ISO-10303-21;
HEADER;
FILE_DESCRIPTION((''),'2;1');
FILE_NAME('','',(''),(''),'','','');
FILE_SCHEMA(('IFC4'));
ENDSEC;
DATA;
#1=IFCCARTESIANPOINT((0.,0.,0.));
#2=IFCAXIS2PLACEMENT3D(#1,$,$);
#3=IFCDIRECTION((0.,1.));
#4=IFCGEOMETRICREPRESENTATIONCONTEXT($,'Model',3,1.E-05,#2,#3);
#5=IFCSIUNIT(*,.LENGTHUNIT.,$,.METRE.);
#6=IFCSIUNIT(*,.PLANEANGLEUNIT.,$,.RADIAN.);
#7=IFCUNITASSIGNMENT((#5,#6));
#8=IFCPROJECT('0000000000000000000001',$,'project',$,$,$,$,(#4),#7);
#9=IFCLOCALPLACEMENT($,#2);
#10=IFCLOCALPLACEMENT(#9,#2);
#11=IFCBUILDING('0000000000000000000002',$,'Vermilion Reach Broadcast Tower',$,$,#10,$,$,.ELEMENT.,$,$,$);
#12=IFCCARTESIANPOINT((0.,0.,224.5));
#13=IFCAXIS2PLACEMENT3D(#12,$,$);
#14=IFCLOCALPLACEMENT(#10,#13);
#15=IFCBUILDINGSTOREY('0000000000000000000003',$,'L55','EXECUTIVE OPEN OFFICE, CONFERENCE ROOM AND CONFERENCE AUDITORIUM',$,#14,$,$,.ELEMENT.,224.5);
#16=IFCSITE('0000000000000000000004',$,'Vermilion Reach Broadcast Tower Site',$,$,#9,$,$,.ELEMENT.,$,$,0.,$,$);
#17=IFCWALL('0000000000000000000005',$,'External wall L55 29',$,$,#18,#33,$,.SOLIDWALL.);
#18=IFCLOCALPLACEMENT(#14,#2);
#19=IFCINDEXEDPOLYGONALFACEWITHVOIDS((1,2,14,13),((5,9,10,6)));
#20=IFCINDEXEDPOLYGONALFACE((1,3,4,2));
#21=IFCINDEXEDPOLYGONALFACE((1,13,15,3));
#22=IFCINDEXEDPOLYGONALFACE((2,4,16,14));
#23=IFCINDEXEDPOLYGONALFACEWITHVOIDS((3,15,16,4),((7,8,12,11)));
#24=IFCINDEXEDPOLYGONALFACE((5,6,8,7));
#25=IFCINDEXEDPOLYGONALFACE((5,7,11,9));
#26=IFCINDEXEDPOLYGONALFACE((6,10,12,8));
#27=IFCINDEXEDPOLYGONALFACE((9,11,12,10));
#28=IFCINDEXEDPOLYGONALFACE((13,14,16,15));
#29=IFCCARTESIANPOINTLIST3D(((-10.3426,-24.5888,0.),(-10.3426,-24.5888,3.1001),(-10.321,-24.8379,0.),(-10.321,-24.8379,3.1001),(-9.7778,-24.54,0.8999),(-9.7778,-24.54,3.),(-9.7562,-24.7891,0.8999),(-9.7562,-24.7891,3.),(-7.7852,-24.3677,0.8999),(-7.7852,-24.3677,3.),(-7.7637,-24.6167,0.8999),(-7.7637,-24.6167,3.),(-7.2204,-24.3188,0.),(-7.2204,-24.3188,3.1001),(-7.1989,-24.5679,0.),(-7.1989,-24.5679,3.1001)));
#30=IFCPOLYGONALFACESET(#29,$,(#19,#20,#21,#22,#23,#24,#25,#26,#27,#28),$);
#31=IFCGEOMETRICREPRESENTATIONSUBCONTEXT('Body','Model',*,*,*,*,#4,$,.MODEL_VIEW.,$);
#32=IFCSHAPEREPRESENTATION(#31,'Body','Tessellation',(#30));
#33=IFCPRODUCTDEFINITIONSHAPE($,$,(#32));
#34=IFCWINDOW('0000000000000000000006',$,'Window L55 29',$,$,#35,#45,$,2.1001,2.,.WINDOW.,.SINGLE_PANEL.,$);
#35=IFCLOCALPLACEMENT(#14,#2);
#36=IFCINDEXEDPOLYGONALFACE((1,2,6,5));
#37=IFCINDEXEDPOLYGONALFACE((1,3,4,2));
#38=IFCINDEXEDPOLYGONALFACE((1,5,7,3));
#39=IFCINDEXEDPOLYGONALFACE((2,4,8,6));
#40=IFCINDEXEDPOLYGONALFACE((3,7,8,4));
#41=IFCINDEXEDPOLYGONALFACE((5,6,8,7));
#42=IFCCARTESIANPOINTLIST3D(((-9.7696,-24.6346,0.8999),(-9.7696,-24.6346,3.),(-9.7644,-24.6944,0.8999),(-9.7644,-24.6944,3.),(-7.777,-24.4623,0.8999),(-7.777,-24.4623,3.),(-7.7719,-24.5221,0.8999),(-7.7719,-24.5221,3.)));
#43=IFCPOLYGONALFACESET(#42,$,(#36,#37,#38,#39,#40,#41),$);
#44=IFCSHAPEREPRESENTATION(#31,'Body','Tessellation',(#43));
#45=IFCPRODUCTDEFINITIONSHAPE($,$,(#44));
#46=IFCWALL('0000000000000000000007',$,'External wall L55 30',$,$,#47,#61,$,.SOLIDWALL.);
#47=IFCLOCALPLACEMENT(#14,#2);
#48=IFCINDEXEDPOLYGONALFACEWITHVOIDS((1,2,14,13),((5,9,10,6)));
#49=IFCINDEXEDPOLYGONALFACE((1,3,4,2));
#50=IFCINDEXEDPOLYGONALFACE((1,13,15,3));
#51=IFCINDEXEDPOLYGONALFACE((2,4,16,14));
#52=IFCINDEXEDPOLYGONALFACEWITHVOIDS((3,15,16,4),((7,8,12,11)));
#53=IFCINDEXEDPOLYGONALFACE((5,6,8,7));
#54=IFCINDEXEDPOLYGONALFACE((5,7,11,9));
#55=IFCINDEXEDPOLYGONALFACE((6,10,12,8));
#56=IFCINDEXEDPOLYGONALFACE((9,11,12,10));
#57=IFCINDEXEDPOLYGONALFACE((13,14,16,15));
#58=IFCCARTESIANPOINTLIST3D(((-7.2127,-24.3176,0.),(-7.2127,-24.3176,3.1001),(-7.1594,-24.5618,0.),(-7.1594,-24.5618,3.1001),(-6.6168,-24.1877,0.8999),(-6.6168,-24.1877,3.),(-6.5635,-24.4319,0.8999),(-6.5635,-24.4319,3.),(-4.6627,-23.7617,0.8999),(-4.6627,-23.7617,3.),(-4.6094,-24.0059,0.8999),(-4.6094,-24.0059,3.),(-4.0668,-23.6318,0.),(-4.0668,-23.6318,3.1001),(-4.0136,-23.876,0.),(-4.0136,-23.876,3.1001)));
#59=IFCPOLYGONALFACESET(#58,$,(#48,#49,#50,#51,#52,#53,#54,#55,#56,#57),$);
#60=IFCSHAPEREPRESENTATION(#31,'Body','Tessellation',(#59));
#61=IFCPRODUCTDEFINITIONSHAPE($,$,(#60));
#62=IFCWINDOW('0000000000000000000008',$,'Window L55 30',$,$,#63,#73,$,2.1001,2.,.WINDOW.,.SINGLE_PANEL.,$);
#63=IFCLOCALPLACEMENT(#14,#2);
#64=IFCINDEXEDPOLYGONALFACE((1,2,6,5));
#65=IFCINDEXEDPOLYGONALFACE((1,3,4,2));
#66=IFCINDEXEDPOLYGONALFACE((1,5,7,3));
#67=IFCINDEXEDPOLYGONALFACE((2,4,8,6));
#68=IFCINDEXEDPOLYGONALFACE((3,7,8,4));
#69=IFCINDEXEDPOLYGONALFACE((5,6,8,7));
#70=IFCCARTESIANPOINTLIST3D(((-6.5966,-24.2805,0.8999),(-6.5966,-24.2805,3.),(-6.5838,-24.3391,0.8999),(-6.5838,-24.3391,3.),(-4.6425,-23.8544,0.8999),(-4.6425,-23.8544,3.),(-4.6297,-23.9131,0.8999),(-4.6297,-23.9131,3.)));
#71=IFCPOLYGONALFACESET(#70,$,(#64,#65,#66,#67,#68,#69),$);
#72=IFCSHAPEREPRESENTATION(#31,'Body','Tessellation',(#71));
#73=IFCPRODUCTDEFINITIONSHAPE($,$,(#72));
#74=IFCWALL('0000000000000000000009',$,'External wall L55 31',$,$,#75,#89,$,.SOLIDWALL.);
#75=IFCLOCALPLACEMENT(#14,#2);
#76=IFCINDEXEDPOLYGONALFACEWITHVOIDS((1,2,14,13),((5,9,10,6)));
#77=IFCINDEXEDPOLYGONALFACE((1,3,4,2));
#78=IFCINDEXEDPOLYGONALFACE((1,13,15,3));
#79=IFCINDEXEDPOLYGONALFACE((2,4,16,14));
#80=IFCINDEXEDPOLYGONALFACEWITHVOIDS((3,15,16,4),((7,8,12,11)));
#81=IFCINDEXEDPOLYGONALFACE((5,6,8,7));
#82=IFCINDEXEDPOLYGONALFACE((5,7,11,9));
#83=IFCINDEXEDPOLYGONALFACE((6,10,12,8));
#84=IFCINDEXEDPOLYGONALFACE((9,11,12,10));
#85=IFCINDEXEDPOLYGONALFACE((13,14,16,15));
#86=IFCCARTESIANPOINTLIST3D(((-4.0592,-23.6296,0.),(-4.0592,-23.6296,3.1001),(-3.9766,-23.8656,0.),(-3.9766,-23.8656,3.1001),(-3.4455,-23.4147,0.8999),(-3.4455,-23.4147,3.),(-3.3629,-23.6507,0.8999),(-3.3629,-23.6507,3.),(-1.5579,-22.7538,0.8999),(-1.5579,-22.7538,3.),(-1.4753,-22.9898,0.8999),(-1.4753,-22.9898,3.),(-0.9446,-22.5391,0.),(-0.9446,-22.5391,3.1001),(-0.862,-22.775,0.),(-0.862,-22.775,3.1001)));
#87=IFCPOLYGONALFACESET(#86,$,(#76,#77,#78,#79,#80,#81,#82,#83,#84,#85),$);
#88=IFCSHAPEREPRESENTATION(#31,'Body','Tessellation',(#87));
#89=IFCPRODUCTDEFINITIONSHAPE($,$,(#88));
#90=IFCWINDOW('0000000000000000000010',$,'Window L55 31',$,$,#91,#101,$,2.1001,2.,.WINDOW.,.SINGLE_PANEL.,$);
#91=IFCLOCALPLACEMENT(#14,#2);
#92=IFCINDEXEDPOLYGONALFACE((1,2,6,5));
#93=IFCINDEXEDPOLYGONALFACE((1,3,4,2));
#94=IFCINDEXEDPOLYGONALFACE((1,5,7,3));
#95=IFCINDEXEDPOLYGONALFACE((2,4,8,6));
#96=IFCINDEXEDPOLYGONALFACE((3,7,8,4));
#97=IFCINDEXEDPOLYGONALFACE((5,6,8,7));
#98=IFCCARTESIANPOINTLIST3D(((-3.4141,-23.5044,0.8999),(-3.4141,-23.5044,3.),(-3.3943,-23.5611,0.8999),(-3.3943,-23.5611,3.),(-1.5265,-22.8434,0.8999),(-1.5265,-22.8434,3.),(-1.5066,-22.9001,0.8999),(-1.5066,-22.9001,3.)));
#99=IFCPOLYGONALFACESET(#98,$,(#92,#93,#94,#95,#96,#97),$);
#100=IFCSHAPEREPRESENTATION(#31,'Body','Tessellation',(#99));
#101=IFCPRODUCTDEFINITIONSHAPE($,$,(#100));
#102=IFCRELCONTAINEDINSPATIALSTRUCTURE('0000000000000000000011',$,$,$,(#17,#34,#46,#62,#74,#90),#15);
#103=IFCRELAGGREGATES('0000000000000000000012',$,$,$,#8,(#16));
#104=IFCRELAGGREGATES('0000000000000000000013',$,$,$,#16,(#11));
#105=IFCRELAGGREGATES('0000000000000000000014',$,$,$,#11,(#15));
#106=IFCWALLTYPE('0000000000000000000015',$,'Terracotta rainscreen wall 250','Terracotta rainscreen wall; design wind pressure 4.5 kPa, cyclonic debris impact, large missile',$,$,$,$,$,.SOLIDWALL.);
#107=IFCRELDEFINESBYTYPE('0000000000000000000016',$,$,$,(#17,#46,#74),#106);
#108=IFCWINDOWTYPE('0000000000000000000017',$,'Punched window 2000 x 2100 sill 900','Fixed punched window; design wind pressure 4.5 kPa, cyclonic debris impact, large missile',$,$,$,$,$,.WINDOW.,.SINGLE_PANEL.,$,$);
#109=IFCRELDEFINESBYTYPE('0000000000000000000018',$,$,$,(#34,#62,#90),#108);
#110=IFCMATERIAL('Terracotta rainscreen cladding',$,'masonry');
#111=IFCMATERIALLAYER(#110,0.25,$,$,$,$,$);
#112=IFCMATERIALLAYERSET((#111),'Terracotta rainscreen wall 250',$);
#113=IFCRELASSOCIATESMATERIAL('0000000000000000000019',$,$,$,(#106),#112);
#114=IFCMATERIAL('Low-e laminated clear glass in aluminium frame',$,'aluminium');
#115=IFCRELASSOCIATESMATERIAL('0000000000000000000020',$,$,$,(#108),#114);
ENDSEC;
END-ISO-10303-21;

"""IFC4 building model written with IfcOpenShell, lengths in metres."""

from ifc_helpers import new_model, si_unit, direction, frame, frame_2d, origin, place, context, subcontext, project, spatial, rectangle, extrude, material, layer, layer_set, type_object, element, fill, save


model = new_model("IFC4")

# Units and contexts
model_context = context("Model", 3, precision=1e-05, world=origin(), true_north=direction((0.0, 1.0)))
body_context = subcontext(model_context, "Body", "Model", "MODEL_VIEW")
ifc_project = project(units=[si_unit("LENGTHUNIT", "METRE"), si_unit("PLANEANGLEUNIT", "RADIAN")], contexts=[model_context])

# Site, building, storey
site_placement = place(None, origin())
site = spatial("IfcSite", under=ifc_project, at=site_placement, Name="Vermilion Reach Broadcast Tower Site", CompositionType="ELEMENT", RefElevation=0.0)
building_placement = place(site_placement, origin())
building = spatial("IfcBuilding", under=site, at=building_placement, Name="Vermilion Reach Broadcast Tower", CompositionType="ELEMENT")
storey_placement = place(building_placement, frame((0.0, 0.0, 224.5)))
storey = spatial("IfcBuildingStorey", under=building, at=storey_placement, Name="L55", Description="EXECUTIVE OPEN OFFICE, CONFERENCE ROOM AND CONFERENCE AUDITORIUM", CompositionType="ELEMENT", Elevation=224.5)

# Shared definitions
ifc_material_1 = material(Name="Terracotta rainscreen cladding", Category="masonry")
ifc_layer_1 = layer(ifc_material_1, 0.25)
ifc_layer_set_1 = layer_set([ifc_layer_1], Name="Terracotta rainscreen wall 250")
wall_type_1 = type_object("IfcWallType", Name="Terracotta rainscreen wall 250", Description="Terracotta rainscreen wall; design wind pressure 4.5 kPa, cyclonic debris impact, large missile", PredefinedType="SOLIDWALL", material=ifc_layer_set_1)

# Shared definitions
ifc_material_2 = material(Name="Low-e laminated clear glass in aluminium frame", Category="aluminium")
window_type = type_object("IfcWindowType", Name="Punched window 2000 x 2100 sill 900", Description="Fixed punched window; design wind pressure 4.5 kPa, cyclonic debris impact, large missile", PartitioningType="SINGLE_PANEL", PredefinedType="WINDOW", material=ifc_material_2)

# Walls, openings, windows
wall_1_placement = place(storey_placement, frame((-10.3318, -24.7134, 0.0), z_axis=(0.0, 0.0, 1.0), x_axis=(0.996281, 0.086166, 0.0)))
wall_1 = element("IfcWall", 1, at=wall_1_placement, inside=storey, type_object=wall_type_1, Name="External wall L55 29", PredefinedType="SOLIDWALL", context=body_context, shape_type="SweptSolid", body=[
    extrude(rectangle(XDim=3.1338, YDim=0.25, at=frame_2d((1.5669, 0.0))), origin(), (0.0, 0.0, 1.0), 3.1001),
])
opening_1_placement = place(wall_1_placement, frame((0.5669, 0.0, 0.8999)))
opening_1 = element("IfcOpeningElement", 2, at=opening_1_placement, cuts=wall_1, PredefinedType="OPENING", context=body_context, shape_type="SweptSolid", body=[
    extrude(rectangle(XDim=2.0, YDim=2.1001, at=frame_2d((1.0, 1.05))), frame((0.0, 0.135, 0.0), z_axis=(0.0, -1.0, 0.0), x_axis=(1.0, 0.0, 0.0)), (0.0, 0.0, 1.0), 0.27),
])
window_1_placement = place(opening_1_placement, origin())
window_1 = element("IfcWindow", 3, at=window_1_placement, inside=storey, type_object=window_type, Name="Window L55 29", OverallHeight=2.1001, OverallWidth=2.0, PartitioningType="SINGLE_PANEL", PredefinedType="WINDOW", context=body_context, shape_type="SweptSolid", body=[
    extrude(rectangle(XDim=2.0, YDim=2.1001, at=frame_2d((1.0, 1.05))), frame((0.0, 0.03, 0.0), z_axis=(0.0, -1.0, 0.0), x_axis=(1.0, 0.0, 0.0)), (0.0, 0.0, 1.0), 0.0601),
])
fill(opening_1, window_1)
wall_2_placement = place(storey_placement, frame((-7.186, -24.4397, 0.0), z_axis=(0.0, 0.0, 1.0), x_axis=(0.977052, 0.213003, 0.0)))
wall_2 = element("IfcWall", 4, at=wall_2_placement, inside=storey, type_object=wall_type_1, Name="External wall L55 30", PredefinedType="SOLIDWALL", context=body_context, shape_type="SweptSolid", body=[
    extrude(rectangle(XDim=3.2197, YDim=0.25, at=frame_2d((1.6099, 0.0))), origin(), (0.0, 0.0, 1.0), 3.1001),
])
opening_2_placement = place(wall_2_placement, frame((0.6099, 0.0, 0.8999)))
opening_2 = element("IfcOpeningElement", 5, at=opening_2_placement, cuts=wall_2, PredefinedType="OPENING", context=body_context, shape_type="SweptSolid", body=[
    extrude(rectangle(XDim=2.0, YDim=2.1001, at=frame_2d((1.0, 1.05))), frame((0.0, 0.135, 0.0), z_axis=(0.0, -1.0, 0.0), x_axis=(1.0, 0.0, 0.0)), (0.0, 0.0, 1.0), 0.27),
])
window_2_placement = place(opening_2_placement, origin())
window_2 = element("IfcWindow", 6, at=window_2_placement, inside=storey, type_object=window_type, Name="Window L55 30", OverallHeight=2.1001, OverallWidth=2.0, PartitioningType="SINGLE_PANEL", PredefinedType="WINDOW", context=body_context, shape_type="SweptSolid", body=[
    extrude(rectangle(XDim=2.0, YDim=2.1001, at=frame_2d((1.0, 1.05))), frame((0.0, 0.03, 0.0), z_axis=(0.0, -1.0, 0.0), x_axis=(1.0, 0.0, 0.0)), (0.0, 0.0, 1.0), 0.0601),
])
fill(opening_2, window_2)
wall_3_placement = place(storey_placement, frame((-4.0178, -23.7476, 0.0), z_axis=(0.0, 0.0, 1.0), x_axis=(0.943819, 0.330462, 0.0)))
wall_3 = element("IfcWall", 7, at=wall_3_placement, inside=storey, type_object=wall_type_1, Name="External wall L55 31", PredefinedType="SOLIDWALL", context=body_context, shape_type="SweptSolid", body=[
    extrude(rectangle(XDim=3.3, YDim=0.25, at=frame_2d((1.6499, 0.0))), origin(), (0.0, 0.0, 1.0), 3.1001),
])
opening_3_placement = place(wall_3_placement, frame((0.6501, 0.0, 0.8999)))
opening_3 = element("IfcOpeningElement", 8, at=opening_3_placement, cuts=wall_3, PredefinedType="OPENING", context=body_context, shape_type="SweptSolid", body=[
    extrude(rectangle(XDim=2.0, YDim=2.1001, at=frame_2d((1.0, 1.05))), frame((0.0, 0.135, 0.0), z_axis=(0.0, -1.0, 0.0), x_axis=(1.0, 0.0, 0.0)), (0.0, 0.0, 1.0), 0.27),
])
window_3_placement = place(opening_3_placement, origin())
window_3 = element("IfcWindow", 9, at=window_3_placement, inside=storey, type_object=window_type, Name="Window L55 31", OverallHeight=2.1001, OverallWidth=2.0, PartitioningType="SINGLE_PANEL", PredefinedType="WINDOW", context=body_context, shape_type="SweptSolid", body=[
    extrude(rectangle(XDim=2.0, YDim=2.1001, at=frame_2d((1.0, 1.05))), frame((0.0, 0.03, 0.0), z_axis=(0.0, -1.0, 0.0), x_axis=(1.0, 0.0, 0.0)), (0.0, 0.0, 1.0), 0.0601),
])
fill(opening_3, window_3)

save(model, "model.ifc")
